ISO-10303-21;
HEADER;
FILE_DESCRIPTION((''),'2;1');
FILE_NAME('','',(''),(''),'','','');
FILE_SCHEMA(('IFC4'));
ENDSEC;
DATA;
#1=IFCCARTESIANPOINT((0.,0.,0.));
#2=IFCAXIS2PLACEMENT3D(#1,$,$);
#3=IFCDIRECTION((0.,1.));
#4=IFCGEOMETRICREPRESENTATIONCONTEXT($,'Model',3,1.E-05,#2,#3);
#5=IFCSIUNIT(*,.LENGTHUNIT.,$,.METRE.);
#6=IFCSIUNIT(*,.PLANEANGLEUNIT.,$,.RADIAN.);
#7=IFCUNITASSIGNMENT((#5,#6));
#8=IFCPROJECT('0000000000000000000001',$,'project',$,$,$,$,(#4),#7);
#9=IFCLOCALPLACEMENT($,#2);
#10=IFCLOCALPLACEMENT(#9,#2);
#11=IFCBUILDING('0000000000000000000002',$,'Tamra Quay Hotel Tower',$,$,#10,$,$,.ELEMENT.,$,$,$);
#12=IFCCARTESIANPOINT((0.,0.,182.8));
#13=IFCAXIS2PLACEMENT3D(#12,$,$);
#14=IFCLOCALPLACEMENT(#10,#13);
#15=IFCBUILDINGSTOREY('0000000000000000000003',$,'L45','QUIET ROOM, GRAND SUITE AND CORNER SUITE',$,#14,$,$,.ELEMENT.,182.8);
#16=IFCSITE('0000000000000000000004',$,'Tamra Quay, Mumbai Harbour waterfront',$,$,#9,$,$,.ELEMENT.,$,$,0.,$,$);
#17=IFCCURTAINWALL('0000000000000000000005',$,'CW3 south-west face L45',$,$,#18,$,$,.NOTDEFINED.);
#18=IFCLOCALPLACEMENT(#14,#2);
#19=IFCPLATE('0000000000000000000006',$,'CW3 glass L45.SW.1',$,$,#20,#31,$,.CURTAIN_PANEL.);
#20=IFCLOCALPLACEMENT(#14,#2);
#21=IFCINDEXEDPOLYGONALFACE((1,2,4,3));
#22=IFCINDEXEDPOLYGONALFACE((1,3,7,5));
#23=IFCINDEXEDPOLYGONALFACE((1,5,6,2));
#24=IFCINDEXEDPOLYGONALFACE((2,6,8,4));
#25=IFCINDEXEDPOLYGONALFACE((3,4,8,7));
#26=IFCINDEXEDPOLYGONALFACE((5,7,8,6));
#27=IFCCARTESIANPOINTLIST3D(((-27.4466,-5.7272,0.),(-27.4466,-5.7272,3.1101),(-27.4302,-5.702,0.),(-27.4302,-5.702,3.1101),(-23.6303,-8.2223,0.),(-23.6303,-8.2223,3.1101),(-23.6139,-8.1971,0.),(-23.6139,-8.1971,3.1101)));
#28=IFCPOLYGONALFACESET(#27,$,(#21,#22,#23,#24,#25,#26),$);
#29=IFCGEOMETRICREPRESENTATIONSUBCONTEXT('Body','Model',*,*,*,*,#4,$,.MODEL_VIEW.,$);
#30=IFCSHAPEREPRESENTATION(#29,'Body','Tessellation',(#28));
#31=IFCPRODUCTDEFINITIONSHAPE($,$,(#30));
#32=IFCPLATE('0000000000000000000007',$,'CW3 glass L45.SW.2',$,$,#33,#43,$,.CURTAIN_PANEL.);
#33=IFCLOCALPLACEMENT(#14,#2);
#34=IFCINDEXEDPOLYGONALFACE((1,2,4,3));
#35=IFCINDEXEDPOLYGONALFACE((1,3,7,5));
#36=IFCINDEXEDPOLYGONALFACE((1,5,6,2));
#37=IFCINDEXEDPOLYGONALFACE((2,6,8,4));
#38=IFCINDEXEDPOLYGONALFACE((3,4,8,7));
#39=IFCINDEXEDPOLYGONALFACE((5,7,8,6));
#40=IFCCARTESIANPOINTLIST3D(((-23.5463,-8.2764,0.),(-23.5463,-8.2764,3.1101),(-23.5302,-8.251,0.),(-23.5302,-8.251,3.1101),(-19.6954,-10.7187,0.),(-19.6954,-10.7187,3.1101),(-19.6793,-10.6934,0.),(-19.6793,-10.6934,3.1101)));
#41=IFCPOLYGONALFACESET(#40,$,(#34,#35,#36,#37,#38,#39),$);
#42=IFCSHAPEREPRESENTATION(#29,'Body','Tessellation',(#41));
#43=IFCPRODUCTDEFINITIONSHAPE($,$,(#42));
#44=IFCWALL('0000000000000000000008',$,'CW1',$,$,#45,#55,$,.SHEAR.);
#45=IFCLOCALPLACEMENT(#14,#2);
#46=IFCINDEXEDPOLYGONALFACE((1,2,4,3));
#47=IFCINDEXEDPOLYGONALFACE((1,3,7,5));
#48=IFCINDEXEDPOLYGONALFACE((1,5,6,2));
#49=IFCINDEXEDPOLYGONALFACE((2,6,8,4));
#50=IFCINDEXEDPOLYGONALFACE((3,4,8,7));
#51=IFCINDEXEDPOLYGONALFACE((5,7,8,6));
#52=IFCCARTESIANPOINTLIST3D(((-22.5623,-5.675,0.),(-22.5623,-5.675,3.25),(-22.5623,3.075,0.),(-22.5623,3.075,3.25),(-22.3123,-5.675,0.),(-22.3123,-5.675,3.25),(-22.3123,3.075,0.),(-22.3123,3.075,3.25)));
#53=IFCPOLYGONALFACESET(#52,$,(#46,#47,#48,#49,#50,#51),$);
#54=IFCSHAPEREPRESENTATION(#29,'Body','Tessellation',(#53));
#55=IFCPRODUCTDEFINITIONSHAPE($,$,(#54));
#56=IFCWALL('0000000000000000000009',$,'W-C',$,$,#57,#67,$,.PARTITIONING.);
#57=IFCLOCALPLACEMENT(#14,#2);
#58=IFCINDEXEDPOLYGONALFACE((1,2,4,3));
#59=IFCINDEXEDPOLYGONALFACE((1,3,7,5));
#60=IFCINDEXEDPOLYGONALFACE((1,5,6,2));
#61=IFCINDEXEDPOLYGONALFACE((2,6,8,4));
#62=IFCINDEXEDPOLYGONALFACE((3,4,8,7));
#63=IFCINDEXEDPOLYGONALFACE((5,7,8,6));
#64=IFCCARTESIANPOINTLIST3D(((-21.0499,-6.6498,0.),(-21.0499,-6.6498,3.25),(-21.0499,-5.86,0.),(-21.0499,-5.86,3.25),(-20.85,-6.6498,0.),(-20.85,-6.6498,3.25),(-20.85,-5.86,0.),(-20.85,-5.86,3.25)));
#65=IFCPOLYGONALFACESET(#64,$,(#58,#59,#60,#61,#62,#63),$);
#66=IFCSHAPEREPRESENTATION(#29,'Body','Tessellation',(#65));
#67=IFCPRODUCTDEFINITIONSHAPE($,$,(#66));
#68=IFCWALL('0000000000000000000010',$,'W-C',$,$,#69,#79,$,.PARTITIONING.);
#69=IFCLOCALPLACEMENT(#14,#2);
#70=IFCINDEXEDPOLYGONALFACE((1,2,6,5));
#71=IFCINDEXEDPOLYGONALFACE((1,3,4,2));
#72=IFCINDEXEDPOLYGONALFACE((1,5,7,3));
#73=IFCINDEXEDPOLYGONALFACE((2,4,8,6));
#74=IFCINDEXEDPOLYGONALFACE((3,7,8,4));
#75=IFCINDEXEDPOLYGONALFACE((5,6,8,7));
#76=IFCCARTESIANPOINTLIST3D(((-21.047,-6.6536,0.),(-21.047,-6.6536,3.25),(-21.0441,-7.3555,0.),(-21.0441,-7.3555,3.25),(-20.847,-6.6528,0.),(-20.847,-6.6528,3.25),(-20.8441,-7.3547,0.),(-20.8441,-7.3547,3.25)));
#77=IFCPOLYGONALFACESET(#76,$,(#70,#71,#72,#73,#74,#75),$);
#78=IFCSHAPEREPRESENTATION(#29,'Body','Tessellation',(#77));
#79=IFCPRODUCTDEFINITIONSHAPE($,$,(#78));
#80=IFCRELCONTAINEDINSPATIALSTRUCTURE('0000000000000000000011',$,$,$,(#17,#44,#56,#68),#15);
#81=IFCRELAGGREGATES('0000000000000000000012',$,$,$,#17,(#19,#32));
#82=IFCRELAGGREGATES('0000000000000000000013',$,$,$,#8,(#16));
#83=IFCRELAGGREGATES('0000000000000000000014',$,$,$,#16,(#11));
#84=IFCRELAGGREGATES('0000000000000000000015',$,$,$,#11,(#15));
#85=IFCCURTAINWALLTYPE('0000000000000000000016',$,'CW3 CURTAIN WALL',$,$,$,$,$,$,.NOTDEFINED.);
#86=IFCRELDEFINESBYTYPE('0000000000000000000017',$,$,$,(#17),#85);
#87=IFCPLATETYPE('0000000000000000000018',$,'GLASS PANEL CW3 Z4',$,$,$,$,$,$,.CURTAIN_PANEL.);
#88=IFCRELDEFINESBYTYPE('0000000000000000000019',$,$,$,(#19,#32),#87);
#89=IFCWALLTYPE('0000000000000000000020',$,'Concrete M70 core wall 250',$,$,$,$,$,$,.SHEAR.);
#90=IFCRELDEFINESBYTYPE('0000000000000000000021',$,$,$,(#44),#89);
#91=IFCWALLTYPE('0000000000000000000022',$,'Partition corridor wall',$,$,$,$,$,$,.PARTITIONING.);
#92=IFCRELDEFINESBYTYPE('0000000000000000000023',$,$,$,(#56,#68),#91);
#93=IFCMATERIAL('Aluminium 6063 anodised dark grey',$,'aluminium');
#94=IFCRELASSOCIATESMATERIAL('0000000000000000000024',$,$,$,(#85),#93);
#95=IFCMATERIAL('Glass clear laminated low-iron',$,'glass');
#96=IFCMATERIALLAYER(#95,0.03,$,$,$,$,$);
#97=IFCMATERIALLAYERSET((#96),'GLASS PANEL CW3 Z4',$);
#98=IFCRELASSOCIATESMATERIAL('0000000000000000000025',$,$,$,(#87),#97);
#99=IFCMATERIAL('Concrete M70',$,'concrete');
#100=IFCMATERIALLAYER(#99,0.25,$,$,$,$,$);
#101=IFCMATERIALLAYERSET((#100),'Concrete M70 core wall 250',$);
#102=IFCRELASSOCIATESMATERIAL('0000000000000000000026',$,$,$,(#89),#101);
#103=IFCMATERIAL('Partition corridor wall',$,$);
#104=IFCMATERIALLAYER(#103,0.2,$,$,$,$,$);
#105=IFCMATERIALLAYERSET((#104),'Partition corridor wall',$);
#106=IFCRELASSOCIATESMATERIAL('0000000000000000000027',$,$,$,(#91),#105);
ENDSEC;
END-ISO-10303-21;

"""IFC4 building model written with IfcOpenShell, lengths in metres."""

from ifc_helpers import new_model, si_unit, direction, frame, frame_2d, origin, origin_2d, place, context, subcontext, project, spatial, rectangle, extrude, material, layer, layer_set, type_object, element, aggregate, save


model = new_model("IFC4")

# Units and contexts
model_context = context("Model", 3, precision=1e-05, world=origin(), true_north=direction((0.0, 1.0)))
body_context = subcontext(model_context, "Body", "Model", "MODEL_VIEW")
ifc_project = project(units=[si_unit("LENGTHUNIT", "METRE"), si_unit("PLANEANGLEUNIT", "RADIAN")], contexts=[model_context])

# Site, building, storey
site_placement = place(None, origin())
site = spatial("IfcSite", under=ifc_project, at=site_placement, Name="Tamra Quay, Mumbai Harbour waterfront", CompositionType="ELEMENT", RefElevation=0.0)
building_placement = place(site_placement, origin())
building = spatial("IfcBuilding", under=site, at=building_placement, Name="Tamra Quay Hotel Tower", CompositionType="ELEMENT")
storey_placement = place(building_placement, frame((0.0, 0.0, 182.8)))
storey = spatial("IfcBuildingStorey", under=building, at=storey_placement, Name="L45", Description="QUIET ROOM, GRAND SUITE AND CORNER SUITE", CompositionType="ELEMENT", Elevation=182.8)

# Shared definitions
ifc_material_1 = material(Name="Concrete M70", Category="concrete")

# Shared definitions
ifc_material_2 = material(Name="Aluminium 6063 anodised dark grey", Category="aluminium")

# Curtain wall
curtain_wall_type_1 = type_object("IfcCurtainWallType", Name="CW3 CURTAIN WALL", PredefinedType="NOTDEFINED", material=ifc_material_2)
curtain_wall_1_placement = place(storey_placement, origin())
curtain_wall_1 = element("IfcCurtainWall", 1, at=curtain_wall_1_placement, inside=storey, type_object=curtain_wall_type_1, Name="CW3 south-west face L45", PredefinedType="NOTDEFINED")

# Plates
ifc_material_3 = material(Name="Glass clear laminated low-iron", Category="glass")
ifc_layer_1 = layer(ifc_material_3, 0.03)
ifc_layer_set_1 = layer_set([ifc_layer_1], Name="GLASS PANEL CW3 Z4")
plate_type_1 = type_object("IfcPlateType", Name="GLASS PANEL CW3 Z4", PredefinedType="CURTAIN_PANEL", material=ifc_layer_set_1)
plate_1_placement = place(storey_placement, frame((-25.5303, -6.9622, 0.0), z_axis=(0.0, 0.0, 1.0), x_axis=(0.836986, -0.547224, 0.0)))
plate_1 = element("IfcPlate", 2, at=plate_1_placement, type_object=plate_type_1, Name="CW3 glass L45.SW.1", PredefinedType="CURTAIN_PANEL", context=body_context, shape_type="SweptSolid", body=[
    extrude(rectangle(XDim=4.5596, YDim=0.03, at=origin_2d()), origin(), (0.0, 0.0, 1.0), 3.1101),
])
plate_2_placement = place(storey_placement, frame((-21.6128, -9.4849, 0.0), z_axis=(0.0, 0.0, 1.0), x_axis=(0.844476, -0.535594, 0.0)))
plate_2 = element("IfcPlate", 3, at=plate_2_placement, type_object=plate_type_1, Name="CW3 glass L45.SW.2", PredefinedType="CURTAIN_PANEL", context=body_context, shape_type="SweptSolid", body=[
    extrude(rectangle(XDim=4.5601, YDim=0.03, at=origin_2d()), origin(), (0.0, 0.0, 1.0), 3.1101),
])
aggregate(curtain_wall_1, [plate_1, plate_2])

# Walls
ifc_layer_2 = layer(ifc_material_1, 0.25)
ifc_layer_set_2 = layer_set([ifc_layer_2], Name="Concrete M70 core wall 250")
wall_type_1 = type_object("IfcWallType", Name="Concrete M70 core wall 250", PredefinedType="SHEAR", material=ifc_layer_set_2)
wall_1_placement = place(storey_placement, frame((-22.4373, -5.675, 0.0), z_axis=(0.0, 0.0, 1.0), x_axis=(0.0, 1.0, 0.0)))
element("IfcWall", 4, at=wall_1_placement, inside=storey, type_object=wall_type_1, Name="CW1", PredefinedType="SHEAR", context=body_context, shape_type="SweptSolid", body=[
    extrude(rectangle(XDim=8.75, YDim=0.25, at=frame_2d((4.375, 0.0))), origin(), (0.0, 0.0, 1.0), 3.25),
])
ifc_material_4 = material(Name="Partition corridor wall")
ifc_layer_3 = layer(ifc_material_4, 0.2)
ifc_layer_set_3 = layer_set([ifc_layer_3], Name="Partition corridor wall")
wall_type_2 = type_object("IfcWallType", Name="Partition corridor wall", PredefinedType="PARTITIONING", material=ifc_layer_set_3)
wall_2_placement = place(storey_placement, frame((-20.95, -6.6499, 0.0), z_axis=(0.0, 0.0, 1.0), x_axis=(0.0, 1.0, 0.0)))
element("IfcWall", 5, at=wall_2_placement, inside=storey, type_object=wall_type_2, Name="W-C", PredefinedType="PARTITIONING", context=body_context, shape_type="SweptSolid", body=[
    extrude(rectangle(XDim=0.7898, YDim=0.2, at=frame_2d((0.395, 0.0))), origin(), (0.0, 0.0, 1.0), 3.25),
])
wall_3_placement = place(storey_placement, frame((-20.947, -6.6531, 0.0), z_axis=(0.0, 0.0, 1.0), x_axis=(0.004174, -0.999991, 0.0)))
element("IfcWall", 6, at=wall_3_placement, inside=storey, type_object=wall_type_2, Name="W-C", PredefinedType="PARTITIONING", context=body_context, shape_type="SweptSolid", body=[
    extrude(rectangle(XDim=0.7019, YDim=0.2, at=frame_2d((0.3511, 0.0))), origin(), (0.0, 0.0, 1.0), 3.25),
])

save(model, "model.ifc")
